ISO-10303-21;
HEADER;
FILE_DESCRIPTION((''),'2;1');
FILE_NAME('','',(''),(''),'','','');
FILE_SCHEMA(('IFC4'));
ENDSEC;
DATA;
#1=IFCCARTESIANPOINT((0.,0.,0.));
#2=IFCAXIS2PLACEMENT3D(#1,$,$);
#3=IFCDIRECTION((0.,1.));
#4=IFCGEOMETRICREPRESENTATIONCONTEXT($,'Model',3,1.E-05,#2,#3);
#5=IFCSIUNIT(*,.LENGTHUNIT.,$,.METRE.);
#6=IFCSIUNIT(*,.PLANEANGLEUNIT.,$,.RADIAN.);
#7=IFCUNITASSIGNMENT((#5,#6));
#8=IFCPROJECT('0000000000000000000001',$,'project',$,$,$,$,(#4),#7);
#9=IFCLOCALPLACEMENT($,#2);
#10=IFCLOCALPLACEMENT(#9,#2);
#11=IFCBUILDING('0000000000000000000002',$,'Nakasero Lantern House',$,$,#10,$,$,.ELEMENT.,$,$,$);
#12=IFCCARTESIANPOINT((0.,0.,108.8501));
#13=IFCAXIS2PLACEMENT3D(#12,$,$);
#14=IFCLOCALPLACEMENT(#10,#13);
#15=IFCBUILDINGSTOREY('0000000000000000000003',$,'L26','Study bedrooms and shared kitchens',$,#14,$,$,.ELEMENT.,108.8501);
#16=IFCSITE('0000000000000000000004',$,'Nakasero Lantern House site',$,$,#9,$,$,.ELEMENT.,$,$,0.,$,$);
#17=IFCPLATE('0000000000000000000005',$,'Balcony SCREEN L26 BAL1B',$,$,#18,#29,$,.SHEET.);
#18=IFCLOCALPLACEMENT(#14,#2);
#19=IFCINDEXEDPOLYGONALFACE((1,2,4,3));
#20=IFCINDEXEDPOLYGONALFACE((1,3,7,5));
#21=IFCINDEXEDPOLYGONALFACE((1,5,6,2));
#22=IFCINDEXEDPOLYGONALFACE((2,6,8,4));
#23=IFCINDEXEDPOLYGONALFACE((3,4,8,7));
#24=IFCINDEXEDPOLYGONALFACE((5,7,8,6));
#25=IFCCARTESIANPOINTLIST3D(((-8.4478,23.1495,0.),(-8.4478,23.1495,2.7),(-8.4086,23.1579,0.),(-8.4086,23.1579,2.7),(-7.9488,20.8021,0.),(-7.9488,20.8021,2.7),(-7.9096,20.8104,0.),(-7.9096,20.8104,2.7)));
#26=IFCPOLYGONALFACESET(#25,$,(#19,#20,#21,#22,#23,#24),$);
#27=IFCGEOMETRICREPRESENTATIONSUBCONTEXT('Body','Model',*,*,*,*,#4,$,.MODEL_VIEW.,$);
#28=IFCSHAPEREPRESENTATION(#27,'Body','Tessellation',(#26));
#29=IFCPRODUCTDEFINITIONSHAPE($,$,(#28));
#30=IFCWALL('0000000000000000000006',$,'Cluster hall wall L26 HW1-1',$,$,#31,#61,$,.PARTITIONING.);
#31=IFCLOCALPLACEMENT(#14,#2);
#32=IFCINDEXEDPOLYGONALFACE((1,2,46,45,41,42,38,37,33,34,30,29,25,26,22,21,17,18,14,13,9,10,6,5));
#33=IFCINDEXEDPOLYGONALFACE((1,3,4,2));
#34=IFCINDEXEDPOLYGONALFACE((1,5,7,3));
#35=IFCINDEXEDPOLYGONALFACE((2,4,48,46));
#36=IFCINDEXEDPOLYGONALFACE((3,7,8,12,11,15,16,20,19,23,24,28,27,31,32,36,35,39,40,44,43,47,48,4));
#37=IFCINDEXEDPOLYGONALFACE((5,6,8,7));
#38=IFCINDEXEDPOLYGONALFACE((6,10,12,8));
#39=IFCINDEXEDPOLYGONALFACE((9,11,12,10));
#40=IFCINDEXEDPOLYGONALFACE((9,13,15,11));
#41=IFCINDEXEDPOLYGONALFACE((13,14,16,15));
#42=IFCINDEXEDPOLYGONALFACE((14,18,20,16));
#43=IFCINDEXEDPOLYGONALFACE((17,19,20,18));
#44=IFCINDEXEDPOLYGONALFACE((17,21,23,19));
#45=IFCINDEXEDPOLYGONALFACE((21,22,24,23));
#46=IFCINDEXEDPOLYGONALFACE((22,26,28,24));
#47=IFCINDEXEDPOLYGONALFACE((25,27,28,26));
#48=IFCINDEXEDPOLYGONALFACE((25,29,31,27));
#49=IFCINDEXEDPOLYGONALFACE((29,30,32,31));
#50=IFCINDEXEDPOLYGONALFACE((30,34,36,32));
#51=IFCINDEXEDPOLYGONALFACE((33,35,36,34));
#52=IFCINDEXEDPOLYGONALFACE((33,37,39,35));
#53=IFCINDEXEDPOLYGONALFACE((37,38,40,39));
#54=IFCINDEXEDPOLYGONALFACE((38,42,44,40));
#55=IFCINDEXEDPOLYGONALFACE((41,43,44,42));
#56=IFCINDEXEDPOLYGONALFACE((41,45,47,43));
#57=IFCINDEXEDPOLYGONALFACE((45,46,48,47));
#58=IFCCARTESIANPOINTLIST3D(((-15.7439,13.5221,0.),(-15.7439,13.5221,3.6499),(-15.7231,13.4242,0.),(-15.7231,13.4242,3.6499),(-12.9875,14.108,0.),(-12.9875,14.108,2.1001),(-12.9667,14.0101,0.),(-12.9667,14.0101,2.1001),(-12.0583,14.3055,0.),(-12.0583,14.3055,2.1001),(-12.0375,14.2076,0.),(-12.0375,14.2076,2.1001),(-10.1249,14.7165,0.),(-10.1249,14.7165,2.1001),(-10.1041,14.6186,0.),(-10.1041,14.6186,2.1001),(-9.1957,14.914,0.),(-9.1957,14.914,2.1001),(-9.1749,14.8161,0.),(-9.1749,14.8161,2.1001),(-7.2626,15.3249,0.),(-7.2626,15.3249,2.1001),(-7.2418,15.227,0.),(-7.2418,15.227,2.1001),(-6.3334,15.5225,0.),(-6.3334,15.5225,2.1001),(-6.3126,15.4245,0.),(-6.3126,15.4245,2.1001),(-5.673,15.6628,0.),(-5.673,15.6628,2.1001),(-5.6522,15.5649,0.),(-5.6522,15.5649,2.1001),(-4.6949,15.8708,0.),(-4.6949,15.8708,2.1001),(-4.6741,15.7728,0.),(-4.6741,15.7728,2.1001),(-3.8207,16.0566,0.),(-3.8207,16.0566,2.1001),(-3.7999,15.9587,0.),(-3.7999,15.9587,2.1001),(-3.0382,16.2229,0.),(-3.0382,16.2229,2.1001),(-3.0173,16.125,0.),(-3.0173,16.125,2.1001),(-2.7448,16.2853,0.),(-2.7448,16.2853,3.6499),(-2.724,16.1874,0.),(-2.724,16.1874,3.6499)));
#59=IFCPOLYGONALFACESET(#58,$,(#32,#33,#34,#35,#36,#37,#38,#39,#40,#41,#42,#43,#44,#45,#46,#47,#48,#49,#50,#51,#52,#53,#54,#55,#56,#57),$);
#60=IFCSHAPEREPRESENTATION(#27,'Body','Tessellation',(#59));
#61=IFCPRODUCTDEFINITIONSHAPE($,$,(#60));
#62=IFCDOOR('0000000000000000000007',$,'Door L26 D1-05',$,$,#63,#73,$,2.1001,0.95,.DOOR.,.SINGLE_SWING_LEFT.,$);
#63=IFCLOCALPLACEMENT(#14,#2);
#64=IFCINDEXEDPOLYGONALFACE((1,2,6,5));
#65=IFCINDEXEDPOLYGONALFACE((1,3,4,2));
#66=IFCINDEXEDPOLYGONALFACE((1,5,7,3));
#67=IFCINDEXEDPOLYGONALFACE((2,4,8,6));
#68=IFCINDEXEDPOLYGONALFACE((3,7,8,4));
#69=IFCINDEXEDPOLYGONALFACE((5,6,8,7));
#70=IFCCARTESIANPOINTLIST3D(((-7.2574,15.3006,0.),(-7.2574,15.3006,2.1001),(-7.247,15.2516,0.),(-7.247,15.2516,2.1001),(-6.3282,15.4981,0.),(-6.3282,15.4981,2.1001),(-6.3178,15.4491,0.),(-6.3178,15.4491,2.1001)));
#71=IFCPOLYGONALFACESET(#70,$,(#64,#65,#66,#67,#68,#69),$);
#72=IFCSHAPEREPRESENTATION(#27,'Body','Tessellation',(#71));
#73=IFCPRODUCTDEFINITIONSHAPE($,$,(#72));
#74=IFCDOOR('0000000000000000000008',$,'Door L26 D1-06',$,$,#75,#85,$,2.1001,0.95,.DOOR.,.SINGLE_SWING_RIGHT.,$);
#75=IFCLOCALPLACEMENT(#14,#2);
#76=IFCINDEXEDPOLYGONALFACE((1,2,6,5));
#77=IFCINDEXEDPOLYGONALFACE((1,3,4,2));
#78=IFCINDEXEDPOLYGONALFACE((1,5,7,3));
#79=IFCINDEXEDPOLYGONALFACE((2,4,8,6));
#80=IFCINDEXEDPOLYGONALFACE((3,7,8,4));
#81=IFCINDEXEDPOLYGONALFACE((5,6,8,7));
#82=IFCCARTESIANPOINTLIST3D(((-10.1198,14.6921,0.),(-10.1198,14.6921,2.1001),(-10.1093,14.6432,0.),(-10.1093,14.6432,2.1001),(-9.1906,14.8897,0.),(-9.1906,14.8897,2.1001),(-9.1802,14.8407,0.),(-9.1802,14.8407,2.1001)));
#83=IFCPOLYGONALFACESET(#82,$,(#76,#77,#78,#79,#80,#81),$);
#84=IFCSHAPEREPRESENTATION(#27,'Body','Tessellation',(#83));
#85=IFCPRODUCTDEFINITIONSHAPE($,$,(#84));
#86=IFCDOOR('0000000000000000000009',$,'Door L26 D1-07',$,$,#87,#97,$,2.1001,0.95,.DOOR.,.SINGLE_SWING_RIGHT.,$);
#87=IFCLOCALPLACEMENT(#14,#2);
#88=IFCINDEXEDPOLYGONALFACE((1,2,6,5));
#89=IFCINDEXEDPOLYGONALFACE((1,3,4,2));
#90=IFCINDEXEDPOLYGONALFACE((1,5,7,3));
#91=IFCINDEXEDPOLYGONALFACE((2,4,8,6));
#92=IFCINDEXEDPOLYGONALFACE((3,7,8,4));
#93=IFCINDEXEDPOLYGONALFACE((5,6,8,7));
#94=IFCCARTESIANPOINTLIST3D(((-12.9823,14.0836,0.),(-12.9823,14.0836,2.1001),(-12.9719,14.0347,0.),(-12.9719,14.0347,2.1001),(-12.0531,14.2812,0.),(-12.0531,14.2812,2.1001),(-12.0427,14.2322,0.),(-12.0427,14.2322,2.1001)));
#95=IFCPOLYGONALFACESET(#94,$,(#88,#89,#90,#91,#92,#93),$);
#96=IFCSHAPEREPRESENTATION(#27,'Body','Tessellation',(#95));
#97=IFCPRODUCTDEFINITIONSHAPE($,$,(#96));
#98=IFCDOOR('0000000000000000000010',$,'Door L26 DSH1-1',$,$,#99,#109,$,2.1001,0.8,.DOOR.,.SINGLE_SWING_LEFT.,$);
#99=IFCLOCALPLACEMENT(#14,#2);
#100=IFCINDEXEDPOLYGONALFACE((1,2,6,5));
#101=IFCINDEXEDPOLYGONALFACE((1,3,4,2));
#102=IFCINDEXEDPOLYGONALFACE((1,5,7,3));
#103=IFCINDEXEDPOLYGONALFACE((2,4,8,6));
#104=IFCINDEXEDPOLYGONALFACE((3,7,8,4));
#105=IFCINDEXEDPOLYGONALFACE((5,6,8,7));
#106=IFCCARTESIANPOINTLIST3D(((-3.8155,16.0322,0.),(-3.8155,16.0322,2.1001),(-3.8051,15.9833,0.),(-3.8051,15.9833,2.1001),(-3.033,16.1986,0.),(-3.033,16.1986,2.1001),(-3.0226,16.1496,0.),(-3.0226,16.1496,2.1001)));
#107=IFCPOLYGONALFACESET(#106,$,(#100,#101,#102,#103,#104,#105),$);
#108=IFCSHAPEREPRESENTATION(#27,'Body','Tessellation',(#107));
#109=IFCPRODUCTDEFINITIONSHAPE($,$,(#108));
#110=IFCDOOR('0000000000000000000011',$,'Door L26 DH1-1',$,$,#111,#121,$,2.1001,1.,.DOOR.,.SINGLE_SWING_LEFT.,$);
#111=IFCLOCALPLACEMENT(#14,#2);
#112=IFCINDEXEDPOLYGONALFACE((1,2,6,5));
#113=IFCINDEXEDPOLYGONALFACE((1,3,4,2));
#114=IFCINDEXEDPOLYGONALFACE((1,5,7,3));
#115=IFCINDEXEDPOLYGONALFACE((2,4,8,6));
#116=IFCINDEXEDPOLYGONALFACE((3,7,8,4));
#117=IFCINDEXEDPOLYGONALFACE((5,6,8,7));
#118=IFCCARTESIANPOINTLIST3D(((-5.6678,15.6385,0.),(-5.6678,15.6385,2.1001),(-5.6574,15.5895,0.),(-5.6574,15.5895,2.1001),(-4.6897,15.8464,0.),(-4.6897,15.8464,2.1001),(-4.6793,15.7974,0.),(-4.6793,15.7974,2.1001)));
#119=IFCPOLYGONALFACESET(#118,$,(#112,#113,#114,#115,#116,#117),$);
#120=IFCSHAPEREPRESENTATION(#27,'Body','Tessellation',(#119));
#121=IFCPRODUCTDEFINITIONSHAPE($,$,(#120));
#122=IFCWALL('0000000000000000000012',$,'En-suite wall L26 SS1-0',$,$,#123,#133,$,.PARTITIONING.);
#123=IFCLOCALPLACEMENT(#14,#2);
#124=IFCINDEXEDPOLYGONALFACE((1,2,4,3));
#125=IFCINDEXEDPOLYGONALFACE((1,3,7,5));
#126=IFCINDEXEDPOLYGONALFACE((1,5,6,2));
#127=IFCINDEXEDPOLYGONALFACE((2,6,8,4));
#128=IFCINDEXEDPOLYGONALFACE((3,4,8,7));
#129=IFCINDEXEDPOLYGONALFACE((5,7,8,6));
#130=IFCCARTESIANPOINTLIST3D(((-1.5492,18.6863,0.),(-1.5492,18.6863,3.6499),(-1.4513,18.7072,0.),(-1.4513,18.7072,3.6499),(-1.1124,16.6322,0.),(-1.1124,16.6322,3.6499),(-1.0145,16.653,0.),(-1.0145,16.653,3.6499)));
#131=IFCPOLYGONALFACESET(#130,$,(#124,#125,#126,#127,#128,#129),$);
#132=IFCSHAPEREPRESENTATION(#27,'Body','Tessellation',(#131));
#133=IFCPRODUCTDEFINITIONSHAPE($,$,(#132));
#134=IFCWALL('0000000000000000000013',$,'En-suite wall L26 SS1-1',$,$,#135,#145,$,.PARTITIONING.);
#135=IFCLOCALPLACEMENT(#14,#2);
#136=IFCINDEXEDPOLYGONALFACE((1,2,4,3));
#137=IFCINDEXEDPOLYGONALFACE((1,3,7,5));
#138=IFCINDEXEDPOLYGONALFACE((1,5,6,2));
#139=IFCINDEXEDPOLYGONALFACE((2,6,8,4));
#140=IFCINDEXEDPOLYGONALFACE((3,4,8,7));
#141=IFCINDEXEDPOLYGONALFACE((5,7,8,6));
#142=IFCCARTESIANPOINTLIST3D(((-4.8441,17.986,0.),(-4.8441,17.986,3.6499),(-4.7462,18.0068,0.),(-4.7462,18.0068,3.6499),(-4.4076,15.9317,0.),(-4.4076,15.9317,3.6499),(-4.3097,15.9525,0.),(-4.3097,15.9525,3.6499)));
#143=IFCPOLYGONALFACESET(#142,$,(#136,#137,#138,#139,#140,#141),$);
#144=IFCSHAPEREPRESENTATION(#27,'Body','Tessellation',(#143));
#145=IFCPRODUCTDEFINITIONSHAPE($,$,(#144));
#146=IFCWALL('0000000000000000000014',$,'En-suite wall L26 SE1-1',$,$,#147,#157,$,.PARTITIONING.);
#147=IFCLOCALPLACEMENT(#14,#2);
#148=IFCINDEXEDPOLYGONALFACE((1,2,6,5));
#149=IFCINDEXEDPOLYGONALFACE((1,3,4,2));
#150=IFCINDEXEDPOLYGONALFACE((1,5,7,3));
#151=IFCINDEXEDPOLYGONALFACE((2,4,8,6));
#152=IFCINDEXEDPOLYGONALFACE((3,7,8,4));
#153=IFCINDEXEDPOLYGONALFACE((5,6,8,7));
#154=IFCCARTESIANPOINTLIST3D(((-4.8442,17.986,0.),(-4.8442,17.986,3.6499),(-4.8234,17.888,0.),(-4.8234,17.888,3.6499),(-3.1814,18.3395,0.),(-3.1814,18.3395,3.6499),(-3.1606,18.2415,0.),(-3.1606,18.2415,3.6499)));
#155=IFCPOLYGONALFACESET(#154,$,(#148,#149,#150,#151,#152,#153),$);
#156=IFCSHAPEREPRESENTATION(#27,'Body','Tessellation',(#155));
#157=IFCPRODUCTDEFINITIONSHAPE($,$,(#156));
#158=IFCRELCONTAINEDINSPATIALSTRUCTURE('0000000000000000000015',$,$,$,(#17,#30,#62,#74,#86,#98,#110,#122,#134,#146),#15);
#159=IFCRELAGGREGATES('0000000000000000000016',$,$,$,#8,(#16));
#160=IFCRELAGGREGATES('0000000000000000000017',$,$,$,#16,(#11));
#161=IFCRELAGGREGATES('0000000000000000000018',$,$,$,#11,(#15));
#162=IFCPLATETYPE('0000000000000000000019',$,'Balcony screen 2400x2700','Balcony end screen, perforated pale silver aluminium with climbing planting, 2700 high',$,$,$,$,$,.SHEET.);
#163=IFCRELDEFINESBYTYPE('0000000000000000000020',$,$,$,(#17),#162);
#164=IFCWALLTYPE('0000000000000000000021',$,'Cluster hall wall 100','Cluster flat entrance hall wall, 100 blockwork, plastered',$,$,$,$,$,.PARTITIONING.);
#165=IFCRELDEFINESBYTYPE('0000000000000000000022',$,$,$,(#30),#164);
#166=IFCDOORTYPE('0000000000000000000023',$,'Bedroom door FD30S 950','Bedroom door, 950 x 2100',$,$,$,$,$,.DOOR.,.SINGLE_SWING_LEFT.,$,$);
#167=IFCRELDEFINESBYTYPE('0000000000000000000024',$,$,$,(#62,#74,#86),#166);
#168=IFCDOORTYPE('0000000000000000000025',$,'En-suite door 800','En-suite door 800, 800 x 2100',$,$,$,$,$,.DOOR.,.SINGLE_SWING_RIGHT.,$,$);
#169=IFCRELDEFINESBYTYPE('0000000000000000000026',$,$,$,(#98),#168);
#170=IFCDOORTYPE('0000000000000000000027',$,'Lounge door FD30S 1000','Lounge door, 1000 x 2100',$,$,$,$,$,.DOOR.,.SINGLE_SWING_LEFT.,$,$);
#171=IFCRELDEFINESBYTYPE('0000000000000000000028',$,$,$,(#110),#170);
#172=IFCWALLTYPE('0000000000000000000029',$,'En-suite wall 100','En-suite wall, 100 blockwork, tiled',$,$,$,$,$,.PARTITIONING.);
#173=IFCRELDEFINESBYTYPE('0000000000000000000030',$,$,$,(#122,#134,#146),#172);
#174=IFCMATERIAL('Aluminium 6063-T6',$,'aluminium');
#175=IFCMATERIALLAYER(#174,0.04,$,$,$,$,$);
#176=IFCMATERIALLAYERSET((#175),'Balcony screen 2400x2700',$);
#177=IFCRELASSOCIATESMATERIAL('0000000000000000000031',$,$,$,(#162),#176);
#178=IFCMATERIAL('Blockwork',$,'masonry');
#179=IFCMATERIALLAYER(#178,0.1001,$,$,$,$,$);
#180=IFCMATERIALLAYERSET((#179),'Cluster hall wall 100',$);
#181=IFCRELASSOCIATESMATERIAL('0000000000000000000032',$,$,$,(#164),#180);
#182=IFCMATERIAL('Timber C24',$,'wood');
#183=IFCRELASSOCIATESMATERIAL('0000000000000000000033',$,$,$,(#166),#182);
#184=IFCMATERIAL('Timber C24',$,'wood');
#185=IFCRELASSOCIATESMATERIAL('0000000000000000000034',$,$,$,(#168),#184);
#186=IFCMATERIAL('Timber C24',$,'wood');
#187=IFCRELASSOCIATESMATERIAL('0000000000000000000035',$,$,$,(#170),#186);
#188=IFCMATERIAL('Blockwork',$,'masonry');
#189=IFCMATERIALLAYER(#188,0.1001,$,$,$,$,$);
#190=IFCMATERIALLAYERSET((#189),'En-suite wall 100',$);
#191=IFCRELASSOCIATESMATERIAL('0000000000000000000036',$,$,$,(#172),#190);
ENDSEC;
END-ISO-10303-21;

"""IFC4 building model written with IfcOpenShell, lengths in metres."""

from ifc_helpers import new_model, si_unit, direction, frame, frame_2d, origin, origin_2d, place, context, subcontext, project, spatial, rectangle, extrude, material, layer, layer_set, type_object, element, fill, save


model = new_model("IFC4")

# Units and contexts
model_context = context("Model", 3, precision=1e-05, world=origin(), true_north=direction((0.0, 1.0)))
body_context = subcontext(model_context, "Body", "Model", "MODEL_VIEW")
ifc_project = project(units=[si_unit("LENGTHUNIT", "METRE"), si_unit("PLANEANGLEUNIT", "RADIAN")], contexts=[model_context])

# Site, building, storey
site_placement = place(None, origin())
site = spatial("IfcSite", under=ifc_project, at=site_placement, Name="Nakasero Lantern House site", CompositionType="ELEMENT", RefElevation=0.0)
building_placement = place(site_placement, origin())
building = spatial("IfcBuilding", under=site, at=building_placement, Name="Nakasero Lantern House", CompositionType="ELEMENT")
storey_placement = place(building_placement, frame((0.0, 0.0, 108.8501)))
storey = spatial("IfcBuildingStorey", under=building, at=storey_placement, Name="L26", Description="Study bedrooms and shared kitchens", CompositionType="ELEMENT", Elevation=108.8501)

# Plate
ifc_material_1 = material(Name="Aluminium 6063-T6", Category="aluminium")
ifc_layer_1 = layer(ifc_material_1, 0.04)
ifc_layer_set_1 = layer_set([ifc_layer_1], Name="Balcony screen 2400x2700")
plate_type_1 = type_object("IfcPlateType", Name="Balcony screen 2400x2700", Description="Balcony end screen, perforated pale silver aluminium with climbing planting, 2700 high", PredefinedType="SHEET", material=ifc_layer_set_1)
for number, where, z_axis, x_axis, name in (
    (1, (-8.1787, 21.98, 0.0), (0.0, 0.0, 1.0), (-0.207912, 0.978148, 0.0), "Balcony SCREEN L26 BAL1B"),
):
    element("IfcPlate", number, at=place(storey_placement, frame(where, z_axis=z_axis, x_axis=x_axis)), inside=storey, type_object=plate_type_1, Name=name, PredefinedType="SHEET", context=body_context, shape_type="SweptSolid", body=[
        extrude(rectangle(XDim=2.3999, YDim=0.04, at=origin_2d()), origin(), (0.0, 0.0, 1.0), 2.7),
    ])

# Wall, openings, doors
ifc_material_2 = material(Name="Blockwork", Category="masonry")
ifc_layer_2 = layer(ifc_material_2, 0.1001)
ifc_layer_set_2 = layer_set([ifc_layer_2], Name="Cluster hall wall 100")
wall_type_1 = type_object("IfcWallType", Name="Cluster hall wall 100", Description="Cluster flat entrance hall wall, 100 blockwork, plastered", PredefinedType="PARTITIONING", material=ifc_layer_set_2)
wall_1_placement = place(storey_placement, frame((-2.7344, 16.2363, 0.0), z_axis=(0.0, 0.0, 1.0), x_axis=(-0.978145, -0.207923, 0.0)))
wall_1 = element("IfcWall", 2, at=wall_1_placement, inside=storey, type_object=wall_type_1, Name="Cluster hall wall L26 HW1-1", PredefinedType="PARTITIONING", context=body_context, shape_type="SweptSolid", body=[
    extrude(rectangle(XDim=13.2896, YDim=0.1001, at=frame_2d((6.6448, 0.0))), origin(), (0.0, 0.0, 1.0), 3.6499),
])
opening_1_placement = place(wall_1_placement, frame((1.9937, 0.0, 0.0)))
opening_1 = element("IfcOpeningElement", 3, at=opening_1_placement, cuts=wall_1, PredefinedType="OPENING", context=body_context, shape_type="SweptSolid", body=[
    extrude(rectangle(XDim=1.0, YDim=2.1001, at=frame_2d((0.5, 1.05))), frame((0.0, 0.0701, 0.0), z_axis=(0.0, -1.0, 0.0), x_axis=(1.0, 0.0, 0.0)), (0.0, 0.0, 1.0), 0.1401),
])
opening_2_placement = place(wall_1_placement, frame((0.3, 0.0, 0.0)))
opening_2 = element("IfcOpeningElement", 4, at=opening_2_placement, cuts=wall_1, PredefinedType="OPENING", context=body_context, shape_type="SweptSolid", body=[
    extrude(rectangle(XDim=0.8, YDim=2.1001, at=frame_2d((0.3999, 1.05))), frame((0.0, 0.0701, 0.0), z_axis=(0.0, -1.0, 0.0), x_axis=(1.0, 0.0, 0.0)), (0.0, 0.0, 1.0), 0.1401),
])
opening_3_placement = place(wall_1_placement, frame((3.6687, 0.0, 0.0)))
opening_3 = element("IfcOpeningElement", 5, at=opening_3_placement, cuts=wall_1, PredefinedType="OPENING", context=body_context, shape_type="SweptSolid", body=[
    extrude(rectangle(XDim=0.95, YDim=2.1001, at=frame_2d((0.4751, 1.05))), frame((0.0, 0.0701, 0.0), z_axis=(0.0, -1.0, 0.0), x_axis=(1.0, 0.0, 0.0)), (0.0, 0.0, 1.0), 0.1401),
])
opening_4_placement = place(wall_1_placement, frame((6.595, 0.0, 0.0)))
opening_4 = element("IfcOpeningElement", 6, at=opening_4_placement, cuts=wall_1, PredefinedType="OPENING", context=body_context, shape_type="SweptSolid", body=[
    extrude(rectangle(XDim=0.95, YDim=2.1001, at=frame_2d((0.4751, 1.05))), frame((0.0, 0.0701, 0.0), z_axis=(0.0, -1.0, 0.0), x_axis=(1.0, 0.0, 0.0)), (0.0, 0.0, 1.0), 0.1401),
])
opening_5_placement = place(wall_1_placement, frame((9.5215, 0.0, 0.0)))
opening_5 = element("IfcOpeningElement", 7, at=opening_5_placement, cuts=wall_1, PredefinedType="OPENING", context=body_context, shape_type="SweptSolid", body=[
    extrude(rectangle(XDim=0.95, YDim=2.1001, at=frame_2d((0.4751, 1.05))), frame((0.0, 0.0701, 0.0), z_axis=(0.0, -1.0, 0.0), x_axis=(1.0, 0.0, 0.0)), (0.0, 0.0, 1.0), 0.1401),
])
ifc_material_3 = material(Name="Timber C24", Category="wood")
door_type_1 = type_object("IfcDoorType", Name="Bedroom door FD30S 950", Description="Bedroom door, 950 x 2100", OperationType="SINGLE_SWING_LEFT", PredefinedType="DOOR", material=ifc_material_3)
door_1_placement = place(opening_3_placement, origin())
door_1 = element("IfcDoor", 8, at=door_1_placement, inside=storey, type_object=door_type_1, Name="Door L26 D1-05", OperationType="SINGLE_SWING_LEFT", OverallHeight=2.1001, OverallWidth=0.95, PredefinedType="DOOR", context=body_context, shape_type="SweptSolid", body=[
    extrude(rectangle(XDim=0.95, YDim=2.1001, at=frame_2d((0.4751, 1.05))), frame((0.0, 0.0249, 0.0), z_axis=(0.0, -1.0, 0.0), x_axis=(1.0, 0.0, 0.0)), (0.0, 0.0, 1.0), 0.05),
])
fill(opening_3, door_1)
door_2_placement = place(opening_4_placement, origin())
door_2 = element("IfcDoor", 9, at=door_2_placement, inside=storey, type_object=door_type_1, Name="Door L26 D1-06", OperationType="SINGLE_SWING_RIGHT", OverallHeight=2.1001, OverallWidth=0.95, PredefinedType="DOOR", context=body_context, shape_type="SweptSolid", body=[
    extrude(rectangle(XDim=0.95, YDim=2.1001, at=frame_2d((0.4751, 1.05))), frame((0.0, 0.0249, 0.0), z_axis=(0.0, -1.0, 0.0), x_axis=(1.0, 0.0, 0.0)), (0.0, 0.0, 1.0), 0.05),
])
fill(opening_4, door_2)
door_3_placement = place(opening_5_placement, origin())
door_3 = element("IfcDoor", 10, at=door_3_placement, inside=storey, type_object=door_type_1, Name="Door L26 D1-07", OperationType="SINGLE_SWING_RIGHT", OverallHeight=2.1001, OverallWidth=0.95, PredefinedType="DOOR", context=body_context, shape_type="SweptSolid", body=[
    extrude(rectangle(XDim=0.95, YDim=2.1001, at=frame_2d((0.4751, 1.05))), frame((0.0, 0.0249, 0.0), z_axis=(0.0, -1.0, 0.0), x_axis=(1.0, 0.0, 0.0)), (0.0, 0.0, 1.0), 0.05),
])
fill(opening_5, door_3)
ifc_material_4 = material(Name="Timber C24", Category="wood")
door_type_2 = type_object("IfcDoorType", Name="En-suite door 800", Description="En-suite door 800, 800 x 2100", OperationType="SINGLE_SWING_RIGHT", PredefinedType="DOOR", material=ifc_material_4)
door_4_placement = place(opening_2_placement, origin())
door_4 = element("IfcDoor", 11, at=door_4_placement, inside=storey, type_object=door_type_2, Name="Door L26 DSH1-1", OperationType="SINGLE_SWING_LEFT", OverallHeight=2.1001, OverallWidth=0.8, PredefinedType="DOOR", context=body_context, shape_type="SweptSolid", body=[
    extrude(rectangle(XDim=0.8, YDim=2.1001, at=frame_2d((0.3999, 1.05))), frame((0.0, 0.0249, 0.0), z_axis=(0.0, -1.0, 0.0), x_axis=(1.0, 0.0, 0.0)), (0.0, 0.0, 1.0), 0.05),
])
fill(opening_2, door_4)
ifc_material_5 = material(Name="Timber C24", Category="wood")
door_type_3 = type_object("IfcDoorType", Name="Lounge door FD30S 1000", Description="Lounge door, 1000 x 2100", OperationType="SINGLE_SWING_LEFT", PredefinedType="DOOR", material=ifc_material_5)
door_5_placement = place(opening_1_placement, origin())
door_5 = element("IfcDoor", 12, at=door_5_placement, inside=storey, type_object=door_type_3, Name="Door L26 DH1-1", OperationType="SINGLE_SWING_LEFT", OverallHeight=2.1001, OverallWidth=1.0, PredefinedType="DOOR", context=body_context, shape_type="SweptSolid", body=[
    extrude(rectangle(XDim=1.0, YDim=2.1001, at=frame_2d((0.5, 1.05))), frame((0.0, 0.0249, 0.0), z_axis=(0.0, -1.0, 0.0), x_axis=(1.0, 0.0, 0.0)), (0.0, 0.0, 1.0), 0.05),
])
fill(opening_1, door_5)

# Walls
ifc_material_6 = material(Name="Blockwork", Category="masonry")
ifc_layer_3 = layer(ifc_material_6, 0.1001)
ifc_layer_set_3 = layer_set([ifc_layer_3], Name="En-suite wall 100")
wall_type_2 = type_object("IfcWallType", Name="En-suite wall 100", Description="En-suite wall, 100 blockwork, tiled", PredefinedType="PARTITIONING", material=ifc_layer_set_3)
for number, where, z_axis, x_axis, name in (
    (13, (-1.0635, 16.6426, 0.0), (0.0, 0.0, 1.0), (-0.207973, 0.978135, 0.0), "En-suite wall L26 SS1-0"),
    (14, (-4.3586, 15.9421, 0.0), (0.0, 0.0, 1.0), (-0.207862, 0.978158, 0.0), "En-suite wall L26 SS1-1"),
):
    element("IfcWall", number, at=place(storey_placement, frame(where, z_axis=z_axis, x_axis=x_axis)), inside=storey, type_object=wall_type_2, Name=name, PredefinedType="PARTITIONING", context=body_context, shape_type="SweptSolid", body=[
        extrude(rectangle(XDim=2.1001, YDim=0.1001, at=frame_2d((1.05, 0.0))), origin(), (0.0, 0.0, 1.0), 3.6499),
    ])
wall_2_placement = place(storey_placement, frame((-3.1709, 18.2905, 0.0), z_axis=(0.0, 0.0, 1.0), x_axis=(-0.97814, -0.20795, 0.0)))
element("IfcWall", 15, at=wall_2_placement, inside=storey, type_object=wall_type_2, Name="En-suite wall L26 SE1-1", PredefinedType="PARTITIONING", context=body_context, shape_type="SweptSolid", body=[
    extrude(rectangle(XDim=1.7, YDim=0.1001, at=frame_2d((0.8501, 0.0))), origin(), (0.0, 0.0, 1.0), 3.6499),
])

save(model, "model.ifc")
